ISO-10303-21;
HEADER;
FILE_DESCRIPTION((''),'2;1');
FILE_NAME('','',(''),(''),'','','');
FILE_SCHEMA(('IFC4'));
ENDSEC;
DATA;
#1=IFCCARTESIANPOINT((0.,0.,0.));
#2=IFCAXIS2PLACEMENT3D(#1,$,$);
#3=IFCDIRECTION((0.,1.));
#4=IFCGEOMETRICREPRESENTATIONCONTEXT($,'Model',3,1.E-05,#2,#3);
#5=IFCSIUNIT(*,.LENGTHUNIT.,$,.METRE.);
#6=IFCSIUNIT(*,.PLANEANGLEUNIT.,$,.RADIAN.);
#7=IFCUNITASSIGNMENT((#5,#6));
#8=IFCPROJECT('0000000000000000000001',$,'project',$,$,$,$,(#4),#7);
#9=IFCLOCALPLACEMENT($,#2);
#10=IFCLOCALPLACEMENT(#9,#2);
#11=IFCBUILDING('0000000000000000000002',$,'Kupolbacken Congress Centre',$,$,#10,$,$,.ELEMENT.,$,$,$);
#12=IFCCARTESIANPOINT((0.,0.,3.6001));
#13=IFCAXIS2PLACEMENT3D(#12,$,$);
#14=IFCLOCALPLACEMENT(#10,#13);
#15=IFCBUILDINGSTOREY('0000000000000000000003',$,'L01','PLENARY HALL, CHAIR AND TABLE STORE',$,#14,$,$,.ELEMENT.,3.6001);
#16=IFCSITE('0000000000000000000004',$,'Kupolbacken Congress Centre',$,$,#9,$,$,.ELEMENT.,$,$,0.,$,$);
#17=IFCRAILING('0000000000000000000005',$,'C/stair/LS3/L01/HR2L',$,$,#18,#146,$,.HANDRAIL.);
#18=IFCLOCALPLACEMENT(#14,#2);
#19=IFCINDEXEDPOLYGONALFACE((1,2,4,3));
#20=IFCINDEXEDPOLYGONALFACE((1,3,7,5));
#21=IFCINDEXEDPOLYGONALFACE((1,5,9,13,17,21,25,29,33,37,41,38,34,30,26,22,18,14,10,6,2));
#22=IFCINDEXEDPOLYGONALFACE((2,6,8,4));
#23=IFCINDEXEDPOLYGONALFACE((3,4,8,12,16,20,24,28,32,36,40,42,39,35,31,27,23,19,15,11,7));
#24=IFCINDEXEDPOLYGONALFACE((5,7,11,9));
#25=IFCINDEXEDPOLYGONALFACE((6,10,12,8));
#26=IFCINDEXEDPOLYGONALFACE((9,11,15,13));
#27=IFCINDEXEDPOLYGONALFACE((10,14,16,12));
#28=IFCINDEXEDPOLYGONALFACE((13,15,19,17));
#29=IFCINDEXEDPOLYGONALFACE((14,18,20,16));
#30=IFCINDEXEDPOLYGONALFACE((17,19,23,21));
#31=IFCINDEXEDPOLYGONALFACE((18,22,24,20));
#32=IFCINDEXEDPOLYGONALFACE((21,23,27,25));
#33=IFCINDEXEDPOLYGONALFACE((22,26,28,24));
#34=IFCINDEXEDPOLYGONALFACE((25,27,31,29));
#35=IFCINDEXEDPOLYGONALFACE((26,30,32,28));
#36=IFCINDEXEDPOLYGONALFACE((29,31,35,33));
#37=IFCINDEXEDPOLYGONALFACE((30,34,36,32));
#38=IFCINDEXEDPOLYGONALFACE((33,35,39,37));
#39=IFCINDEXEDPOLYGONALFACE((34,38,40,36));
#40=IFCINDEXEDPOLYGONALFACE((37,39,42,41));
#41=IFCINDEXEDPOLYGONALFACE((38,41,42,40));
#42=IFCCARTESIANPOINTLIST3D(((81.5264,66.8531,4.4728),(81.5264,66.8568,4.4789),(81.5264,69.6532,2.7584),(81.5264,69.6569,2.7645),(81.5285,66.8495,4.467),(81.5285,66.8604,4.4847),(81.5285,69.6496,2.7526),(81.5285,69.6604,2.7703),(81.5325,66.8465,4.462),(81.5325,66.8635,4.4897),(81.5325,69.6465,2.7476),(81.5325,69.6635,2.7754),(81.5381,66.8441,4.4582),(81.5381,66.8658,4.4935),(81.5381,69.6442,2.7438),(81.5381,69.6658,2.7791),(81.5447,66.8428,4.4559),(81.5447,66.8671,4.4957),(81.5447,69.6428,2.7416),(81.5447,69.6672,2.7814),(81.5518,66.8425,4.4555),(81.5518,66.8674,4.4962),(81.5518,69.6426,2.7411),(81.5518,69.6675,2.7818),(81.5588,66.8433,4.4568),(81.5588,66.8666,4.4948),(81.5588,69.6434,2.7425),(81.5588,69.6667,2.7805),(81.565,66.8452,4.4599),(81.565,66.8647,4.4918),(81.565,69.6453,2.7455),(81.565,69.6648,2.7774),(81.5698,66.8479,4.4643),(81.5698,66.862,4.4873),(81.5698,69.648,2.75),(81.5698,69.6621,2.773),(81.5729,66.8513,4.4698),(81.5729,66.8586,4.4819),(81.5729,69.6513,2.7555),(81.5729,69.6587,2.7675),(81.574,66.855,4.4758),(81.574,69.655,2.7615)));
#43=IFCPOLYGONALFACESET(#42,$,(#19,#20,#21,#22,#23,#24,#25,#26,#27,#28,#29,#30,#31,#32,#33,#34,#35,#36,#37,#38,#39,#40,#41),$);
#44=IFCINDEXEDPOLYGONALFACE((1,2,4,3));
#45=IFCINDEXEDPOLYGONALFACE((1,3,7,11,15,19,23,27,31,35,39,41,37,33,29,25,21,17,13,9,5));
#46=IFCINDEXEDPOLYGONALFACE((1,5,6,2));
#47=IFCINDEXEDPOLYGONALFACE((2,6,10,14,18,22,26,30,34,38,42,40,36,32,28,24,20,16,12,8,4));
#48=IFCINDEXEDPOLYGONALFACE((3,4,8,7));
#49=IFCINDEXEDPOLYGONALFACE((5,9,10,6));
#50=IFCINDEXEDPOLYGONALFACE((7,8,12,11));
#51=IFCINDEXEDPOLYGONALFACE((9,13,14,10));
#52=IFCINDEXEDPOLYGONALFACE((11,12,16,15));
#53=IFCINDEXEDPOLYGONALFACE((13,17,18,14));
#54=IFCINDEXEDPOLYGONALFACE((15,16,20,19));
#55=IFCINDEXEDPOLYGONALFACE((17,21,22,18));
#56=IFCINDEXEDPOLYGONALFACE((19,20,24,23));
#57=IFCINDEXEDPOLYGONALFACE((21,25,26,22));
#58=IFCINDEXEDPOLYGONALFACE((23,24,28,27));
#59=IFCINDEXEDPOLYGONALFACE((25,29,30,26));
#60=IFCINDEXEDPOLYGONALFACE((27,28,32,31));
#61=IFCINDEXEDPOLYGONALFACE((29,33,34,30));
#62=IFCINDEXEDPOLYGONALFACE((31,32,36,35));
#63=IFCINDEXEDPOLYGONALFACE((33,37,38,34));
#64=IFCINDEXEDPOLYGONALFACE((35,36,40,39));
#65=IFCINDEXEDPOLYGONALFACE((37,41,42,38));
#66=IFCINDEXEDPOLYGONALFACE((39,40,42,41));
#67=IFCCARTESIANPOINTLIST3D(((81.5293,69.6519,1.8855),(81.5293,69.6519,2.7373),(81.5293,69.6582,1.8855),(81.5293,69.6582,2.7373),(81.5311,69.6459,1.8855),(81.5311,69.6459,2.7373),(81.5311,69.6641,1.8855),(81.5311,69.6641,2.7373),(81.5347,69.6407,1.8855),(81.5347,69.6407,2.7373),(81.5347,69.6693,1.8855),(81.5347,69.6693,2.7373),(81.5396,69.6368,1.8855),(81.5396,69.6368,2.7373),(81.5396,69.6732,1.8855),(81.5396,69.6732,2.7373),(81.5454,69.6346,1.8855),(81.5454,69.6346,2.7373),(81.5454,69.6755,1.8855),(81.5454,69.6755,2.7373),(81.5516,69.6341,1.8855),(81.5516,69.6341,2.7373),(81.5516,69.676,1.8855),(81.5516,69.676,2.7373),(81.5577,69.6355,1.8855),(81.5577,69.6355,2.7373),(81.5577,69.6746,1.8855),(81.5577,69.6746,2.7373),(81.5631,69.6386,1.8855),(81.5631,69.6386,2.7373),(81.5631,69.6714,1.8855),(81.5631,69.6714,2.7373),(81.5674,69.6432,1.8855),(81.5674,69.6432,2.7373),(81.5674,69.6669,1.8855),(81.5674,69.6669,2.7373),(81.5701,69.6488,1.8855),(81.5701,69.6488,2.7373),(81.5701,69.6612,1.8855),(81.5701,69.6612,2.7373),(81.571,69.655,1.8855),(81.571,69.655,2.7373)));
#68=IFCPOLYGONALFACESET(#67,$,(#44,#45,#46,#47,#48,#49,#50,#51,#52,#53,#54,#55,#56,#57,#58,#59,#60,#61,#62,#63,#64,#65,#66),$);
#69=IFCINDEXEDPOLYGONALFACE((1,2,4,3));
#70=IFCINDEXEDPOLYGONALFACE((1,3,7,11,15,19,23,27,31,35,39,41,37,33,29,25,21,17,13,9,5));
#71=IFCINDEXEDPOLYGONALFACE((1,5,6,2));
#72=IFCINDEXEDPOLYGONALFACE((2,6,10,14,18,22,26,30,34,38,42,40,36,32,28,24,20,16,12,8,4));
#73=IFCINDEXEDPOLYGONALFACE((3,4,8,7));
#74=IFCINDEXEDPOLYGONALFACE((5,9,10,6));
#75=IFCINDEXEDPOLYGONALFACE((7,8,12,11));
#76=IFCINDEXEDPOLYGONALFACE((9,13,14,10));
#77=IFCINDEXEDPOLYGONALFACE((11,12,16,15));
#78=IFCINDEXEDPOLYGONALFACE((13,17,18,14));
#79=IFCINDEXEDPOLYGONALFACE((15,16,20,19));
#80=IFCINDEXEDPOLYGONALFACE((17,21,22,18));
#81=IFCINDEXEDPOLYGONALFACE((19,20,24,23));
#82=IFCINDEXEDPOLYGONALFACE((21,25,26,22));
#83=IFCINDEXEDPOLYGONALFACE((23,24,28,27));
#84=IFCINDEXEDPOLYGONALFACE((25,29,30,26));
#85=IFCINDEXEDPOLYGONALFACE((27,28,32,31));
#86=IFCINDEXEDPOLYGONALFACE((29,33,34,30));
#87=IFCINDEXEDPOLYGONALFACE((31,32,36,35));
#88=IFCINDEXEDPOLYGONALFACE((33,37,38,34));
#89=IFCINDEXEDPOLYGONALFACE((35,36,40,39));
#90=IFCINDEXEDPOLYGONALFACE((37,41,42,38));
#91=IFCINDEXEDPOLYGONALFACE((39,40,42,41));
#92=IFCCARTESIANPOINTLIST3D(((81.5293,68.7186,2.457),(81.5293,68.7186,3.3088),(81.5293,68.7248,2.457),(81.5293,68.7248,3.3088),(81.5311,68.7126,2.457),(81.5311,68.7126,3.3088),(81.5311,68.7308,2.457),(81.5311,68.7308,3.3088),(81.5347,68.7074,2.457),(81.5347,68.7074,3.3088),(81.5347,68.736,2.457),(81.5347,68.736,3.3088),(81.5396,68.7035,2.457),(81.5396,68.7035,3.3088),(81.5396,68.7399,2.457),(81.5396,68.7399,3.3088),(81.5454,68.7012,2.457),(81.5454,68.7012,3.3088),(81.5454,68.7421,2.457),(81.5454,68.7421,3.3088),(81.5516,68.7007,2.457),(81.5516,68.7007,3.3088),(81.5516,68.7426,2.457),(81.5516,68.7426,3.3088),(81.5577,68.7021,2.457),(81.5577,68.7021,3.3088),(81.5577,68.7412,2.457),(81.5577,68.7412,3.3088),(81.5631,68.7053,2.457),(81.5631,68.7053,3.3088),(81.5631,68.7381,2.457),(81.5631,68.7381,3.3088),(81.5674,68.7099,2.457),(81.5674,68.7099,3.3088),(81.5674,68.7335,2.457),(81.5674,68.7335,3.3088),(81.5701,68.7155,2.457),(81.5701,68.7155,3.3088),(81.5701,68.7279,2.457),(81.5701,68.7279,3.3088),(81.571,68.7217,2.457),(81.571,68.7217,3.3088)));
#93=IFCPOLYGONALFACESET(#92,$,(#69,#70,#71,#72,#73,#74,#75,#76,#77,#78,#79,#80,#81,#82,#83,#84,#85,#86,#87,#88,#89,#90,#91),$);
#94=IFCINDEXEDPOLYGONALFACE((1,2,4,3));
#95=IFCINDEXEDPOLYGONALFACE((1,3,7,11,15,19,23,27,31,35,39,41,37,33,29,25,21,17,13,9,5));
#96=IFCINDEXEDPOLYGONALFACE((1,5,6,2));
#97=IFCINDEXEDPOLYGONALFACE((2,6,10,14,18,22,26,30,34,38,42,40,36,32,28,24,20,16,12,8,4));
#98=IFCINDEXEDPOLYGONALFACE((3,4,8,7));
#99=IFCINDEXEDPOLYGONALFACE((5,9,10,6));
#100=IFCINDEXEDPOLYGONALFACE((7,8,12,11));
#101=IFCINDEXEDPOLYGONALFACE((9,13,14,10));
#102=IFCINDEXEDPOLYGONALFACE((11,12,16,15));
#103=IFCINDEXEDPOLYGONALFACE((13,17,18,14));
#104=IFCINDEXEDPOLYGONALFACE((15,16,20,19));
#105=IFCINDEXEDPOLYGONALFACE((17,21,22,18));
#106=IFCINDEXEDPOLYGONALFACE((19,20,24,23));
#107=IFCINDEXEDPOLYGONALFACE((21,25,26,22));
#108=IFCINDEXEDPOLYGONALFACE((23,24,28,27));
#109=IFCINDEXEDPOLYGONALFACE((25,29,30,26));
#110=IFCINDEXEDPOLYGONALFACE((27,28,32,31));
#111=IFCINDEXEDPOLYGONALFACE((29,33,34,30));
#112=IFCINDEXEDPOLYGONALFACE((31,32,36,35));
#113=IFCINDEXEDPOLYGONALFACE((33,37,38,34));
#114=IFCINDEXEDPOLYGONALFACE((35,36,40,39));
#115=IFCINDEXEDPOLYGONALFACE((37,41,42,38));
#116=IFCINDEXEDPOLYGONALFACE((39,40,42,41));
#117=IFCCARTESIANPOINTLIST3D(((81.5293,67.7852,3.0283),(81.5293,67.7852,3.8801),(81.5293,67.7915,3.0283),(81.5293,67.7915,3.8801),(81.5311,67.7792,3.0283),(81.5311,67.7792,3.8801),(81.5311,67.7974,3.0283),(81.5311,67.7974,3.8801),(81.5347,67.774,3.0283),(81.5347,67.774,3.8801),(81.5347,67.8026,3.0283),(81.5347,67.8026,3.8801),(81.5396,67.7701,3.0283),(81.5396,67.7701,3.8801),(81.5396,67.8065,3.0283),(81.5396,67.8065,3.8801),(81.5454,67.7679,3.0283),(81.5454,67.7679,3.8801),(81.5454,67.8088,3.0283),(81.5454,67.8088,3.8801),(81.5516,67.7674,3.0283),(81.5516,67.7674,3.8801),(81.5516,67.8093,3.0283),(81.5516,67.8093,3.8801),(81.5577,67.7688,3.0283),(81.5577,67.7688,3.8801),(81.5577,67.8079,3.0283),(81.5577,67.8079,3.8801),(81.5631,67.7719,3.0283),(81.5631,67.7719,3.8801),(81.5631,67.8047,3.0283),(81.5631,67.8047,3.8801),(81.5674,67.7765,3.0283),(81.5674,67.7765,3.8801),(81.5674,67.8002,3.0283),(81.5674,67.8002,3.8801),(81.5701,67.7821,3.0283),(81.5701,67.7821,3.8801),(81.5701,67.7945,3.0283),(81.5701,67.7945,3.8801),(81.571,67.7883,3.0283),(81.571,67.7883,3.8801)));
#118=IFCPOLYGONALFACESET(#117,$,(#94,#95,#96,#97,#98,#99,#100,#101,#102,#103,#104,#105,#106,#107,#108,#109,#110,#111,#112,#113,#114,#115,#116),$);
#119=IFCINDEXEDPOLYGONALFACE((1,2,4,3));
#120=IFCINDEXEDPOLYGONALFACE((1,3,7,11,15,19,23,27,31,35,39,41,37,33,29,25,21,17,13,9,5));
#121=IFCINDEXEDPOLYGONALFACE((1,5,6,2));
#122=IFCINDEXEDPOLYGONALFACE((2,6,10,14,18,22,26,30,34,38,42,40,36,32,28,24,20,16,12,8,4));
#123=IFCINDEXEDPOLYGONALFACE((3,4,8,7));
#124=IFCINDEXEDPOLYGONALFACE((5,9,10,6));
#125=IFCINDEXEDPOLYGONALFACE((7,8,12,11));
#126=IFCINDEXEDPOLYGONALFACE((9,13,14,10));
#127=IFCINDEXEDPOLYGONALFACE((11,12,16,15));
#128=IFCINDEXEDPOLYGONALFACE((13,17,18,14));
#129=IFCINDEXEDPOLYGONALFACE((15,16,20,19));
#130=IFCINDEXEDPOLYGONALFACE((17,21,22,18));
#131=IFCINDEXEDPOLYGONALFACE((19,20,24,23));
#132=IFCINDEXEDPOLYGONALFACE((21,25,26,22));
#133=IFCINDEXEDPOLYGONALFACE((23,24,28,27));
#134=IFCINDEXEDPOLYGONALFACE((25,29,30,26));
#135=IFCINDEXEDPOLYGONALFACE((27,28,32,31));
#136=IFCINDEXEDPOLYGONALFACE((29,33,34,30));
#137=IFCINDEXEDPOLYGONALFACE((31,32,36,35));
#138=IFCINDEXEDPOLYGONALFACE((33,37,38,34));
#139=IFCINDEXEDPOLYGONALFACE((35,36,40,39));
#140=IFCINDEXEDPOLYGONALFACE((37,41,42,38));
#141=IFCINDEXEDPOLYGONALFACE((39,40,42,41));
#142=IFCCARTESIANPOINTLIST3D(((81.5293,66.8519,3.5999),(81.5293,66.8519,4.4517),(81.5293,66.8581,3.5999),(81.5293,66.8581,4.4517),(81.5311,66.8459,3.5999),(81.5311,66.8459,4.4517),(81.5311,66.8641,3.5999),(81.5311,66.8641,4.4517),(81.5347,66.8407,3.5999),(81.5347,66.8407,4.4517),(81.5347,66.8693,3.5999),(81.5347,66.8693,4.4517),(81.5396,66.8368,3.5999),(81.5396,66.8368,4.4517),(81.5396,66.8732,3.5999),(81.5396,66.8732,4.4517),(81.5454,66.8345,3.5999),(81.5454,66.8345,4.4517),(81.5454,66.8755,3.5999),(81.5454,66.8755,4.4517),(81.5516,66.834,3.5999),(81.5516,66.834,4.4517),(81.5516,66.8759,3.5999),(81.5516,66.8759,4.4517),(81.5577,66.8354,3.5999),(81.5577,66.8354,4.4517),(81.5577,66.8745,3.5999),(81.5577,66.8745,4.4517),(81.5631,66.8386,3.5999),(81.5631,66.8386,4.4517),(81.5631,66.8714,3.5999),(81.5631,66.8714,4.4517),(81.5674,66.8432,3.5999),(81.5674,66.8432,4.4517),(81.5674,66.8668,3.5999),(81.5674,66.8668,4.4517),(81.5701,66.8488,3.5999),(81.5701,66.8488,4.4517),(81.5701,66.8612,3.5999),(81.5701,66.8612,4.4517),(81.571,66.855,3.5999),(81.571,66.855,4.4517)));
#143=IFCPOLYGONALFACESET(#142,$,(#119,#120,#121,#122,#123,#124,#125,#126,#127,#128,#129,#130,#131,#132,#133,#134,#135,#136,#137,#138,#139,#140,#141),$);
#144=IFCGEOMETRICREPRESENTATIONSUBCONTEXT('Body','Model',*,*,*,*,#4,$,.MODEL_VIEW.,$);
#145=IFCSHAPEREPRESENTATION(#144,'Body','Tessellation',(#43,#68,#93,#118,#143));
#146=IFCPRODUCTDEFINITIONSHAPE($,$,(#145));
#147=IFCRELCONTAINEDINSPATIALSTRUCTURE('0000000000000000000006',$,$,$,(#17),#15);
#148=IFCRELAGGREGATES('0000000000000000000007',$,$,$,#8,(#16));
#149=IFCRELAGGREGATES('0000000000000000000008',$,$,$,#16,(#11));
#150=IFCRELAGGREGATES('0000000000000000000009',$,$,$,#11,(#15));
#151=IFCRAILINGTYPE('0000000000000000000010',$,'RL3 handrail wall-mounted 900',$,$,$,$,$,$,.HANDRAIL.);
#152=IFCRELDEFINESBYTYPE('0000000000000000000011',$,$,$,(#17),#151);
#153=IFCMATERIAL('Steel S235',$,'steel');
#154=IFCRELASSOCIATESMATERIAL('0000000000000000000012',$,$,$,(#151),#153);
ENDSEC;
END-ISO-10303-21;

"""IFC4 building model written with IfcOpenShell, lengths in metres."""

from ifc_helpers import new_model, si_unit, direction, frame, origin, origin_2d, place, context, subcontext, project, spatial, circle, extrude, material, type_object, element, save


model = new_model("IFC4")

# Units and contexts
model_context = context("Model", 3, precision=1e-05, world=origin(), true_north=direction((0.0, 1.0)))
body_context = subcontext(model_context, "Body", "Model", "MODEL_VIEW")
ifc_project = project(units=[si_unit("LENGTHUNIT", "METRE"), si_unit("PLANEANGLEUNIT", "RADIAN")], contexts=[model_context])

# Site, building, storey
site_placement = place(None, origin())
site = spatial("IfcSite", under=ifc_project, at=site_placement, Name="Kupolbacken Congress Centre", CompositionType="ELEMENT", RefElevation=0.0)
building_placement = place(site_placement, origin())
building = spatial("IfcBuilding", under=site, at=building_placement, Name="Kupolbacken Congress Centre", CompositionType="ELEMENT")
storey_placement = place(building_placement, frame((0.0, 0.0, 3.6001)))
storey = spatial("IfcBuildingStorey", under=building, at=storey_placement, Name="L01", Description="PLENARY HALL, CHAIR AND TABLE STORE", CompositionType="ELEMENT", Elevation=3.6001)

# Railing
ifc_material_1 = material(Name="Steel S235", Category="steel")
railing_type = type_object("IfcRailingType", Name="RL3 handrail wall-mounted 900", PredefinedType="HANDRAIL", material=ifc_material_1)
for number, where, name in (
    (1, (81.55, 69.655, 1.8855), "C/stair/LS3/L01/HR2L"),
):
    element("IfcRailing", number, at=place(storey_placement, frame(where)), inside=storey, type_object=railing_type, Name=name, PredefinedType="HANDRAIL", context=body_context, shape_type="SweptSolid", body=[
        extrude(circle(Radius=0.0239, at=origin_2d()), frame((0.0, 0.0, 0.876), z_axis=(0.0, -0.852846, 0.522163), x_axis=(1.0, 0.0, 0.0)), (0.0, 0.0, 1.0), 3.2832),
        extrude(circle(Radius=0.021, at=origin_2d()), origin(), (0.0, 0.0, 1.0), 0.8518),
        extrude(circle(Radius=0.021, at=origin_2d()), frame((0.0, -0.9333, 0.5715)), (0.0, 0.0, 1.0), 0.8518),
        extrude(circle(Radius=0.021, at=origin_2d()), frame((0.0, -1.8667, 1.1428)), (0.0, 0.0, 1.0), 0.8518),
        extrude(circle(Radius=0.021, at=origin_2d()), frame((0.0, -2.8, 1.7144)), (0.0, 0.0, 1.0), 0.8518),
    ])

save(model, "model.ifc")
